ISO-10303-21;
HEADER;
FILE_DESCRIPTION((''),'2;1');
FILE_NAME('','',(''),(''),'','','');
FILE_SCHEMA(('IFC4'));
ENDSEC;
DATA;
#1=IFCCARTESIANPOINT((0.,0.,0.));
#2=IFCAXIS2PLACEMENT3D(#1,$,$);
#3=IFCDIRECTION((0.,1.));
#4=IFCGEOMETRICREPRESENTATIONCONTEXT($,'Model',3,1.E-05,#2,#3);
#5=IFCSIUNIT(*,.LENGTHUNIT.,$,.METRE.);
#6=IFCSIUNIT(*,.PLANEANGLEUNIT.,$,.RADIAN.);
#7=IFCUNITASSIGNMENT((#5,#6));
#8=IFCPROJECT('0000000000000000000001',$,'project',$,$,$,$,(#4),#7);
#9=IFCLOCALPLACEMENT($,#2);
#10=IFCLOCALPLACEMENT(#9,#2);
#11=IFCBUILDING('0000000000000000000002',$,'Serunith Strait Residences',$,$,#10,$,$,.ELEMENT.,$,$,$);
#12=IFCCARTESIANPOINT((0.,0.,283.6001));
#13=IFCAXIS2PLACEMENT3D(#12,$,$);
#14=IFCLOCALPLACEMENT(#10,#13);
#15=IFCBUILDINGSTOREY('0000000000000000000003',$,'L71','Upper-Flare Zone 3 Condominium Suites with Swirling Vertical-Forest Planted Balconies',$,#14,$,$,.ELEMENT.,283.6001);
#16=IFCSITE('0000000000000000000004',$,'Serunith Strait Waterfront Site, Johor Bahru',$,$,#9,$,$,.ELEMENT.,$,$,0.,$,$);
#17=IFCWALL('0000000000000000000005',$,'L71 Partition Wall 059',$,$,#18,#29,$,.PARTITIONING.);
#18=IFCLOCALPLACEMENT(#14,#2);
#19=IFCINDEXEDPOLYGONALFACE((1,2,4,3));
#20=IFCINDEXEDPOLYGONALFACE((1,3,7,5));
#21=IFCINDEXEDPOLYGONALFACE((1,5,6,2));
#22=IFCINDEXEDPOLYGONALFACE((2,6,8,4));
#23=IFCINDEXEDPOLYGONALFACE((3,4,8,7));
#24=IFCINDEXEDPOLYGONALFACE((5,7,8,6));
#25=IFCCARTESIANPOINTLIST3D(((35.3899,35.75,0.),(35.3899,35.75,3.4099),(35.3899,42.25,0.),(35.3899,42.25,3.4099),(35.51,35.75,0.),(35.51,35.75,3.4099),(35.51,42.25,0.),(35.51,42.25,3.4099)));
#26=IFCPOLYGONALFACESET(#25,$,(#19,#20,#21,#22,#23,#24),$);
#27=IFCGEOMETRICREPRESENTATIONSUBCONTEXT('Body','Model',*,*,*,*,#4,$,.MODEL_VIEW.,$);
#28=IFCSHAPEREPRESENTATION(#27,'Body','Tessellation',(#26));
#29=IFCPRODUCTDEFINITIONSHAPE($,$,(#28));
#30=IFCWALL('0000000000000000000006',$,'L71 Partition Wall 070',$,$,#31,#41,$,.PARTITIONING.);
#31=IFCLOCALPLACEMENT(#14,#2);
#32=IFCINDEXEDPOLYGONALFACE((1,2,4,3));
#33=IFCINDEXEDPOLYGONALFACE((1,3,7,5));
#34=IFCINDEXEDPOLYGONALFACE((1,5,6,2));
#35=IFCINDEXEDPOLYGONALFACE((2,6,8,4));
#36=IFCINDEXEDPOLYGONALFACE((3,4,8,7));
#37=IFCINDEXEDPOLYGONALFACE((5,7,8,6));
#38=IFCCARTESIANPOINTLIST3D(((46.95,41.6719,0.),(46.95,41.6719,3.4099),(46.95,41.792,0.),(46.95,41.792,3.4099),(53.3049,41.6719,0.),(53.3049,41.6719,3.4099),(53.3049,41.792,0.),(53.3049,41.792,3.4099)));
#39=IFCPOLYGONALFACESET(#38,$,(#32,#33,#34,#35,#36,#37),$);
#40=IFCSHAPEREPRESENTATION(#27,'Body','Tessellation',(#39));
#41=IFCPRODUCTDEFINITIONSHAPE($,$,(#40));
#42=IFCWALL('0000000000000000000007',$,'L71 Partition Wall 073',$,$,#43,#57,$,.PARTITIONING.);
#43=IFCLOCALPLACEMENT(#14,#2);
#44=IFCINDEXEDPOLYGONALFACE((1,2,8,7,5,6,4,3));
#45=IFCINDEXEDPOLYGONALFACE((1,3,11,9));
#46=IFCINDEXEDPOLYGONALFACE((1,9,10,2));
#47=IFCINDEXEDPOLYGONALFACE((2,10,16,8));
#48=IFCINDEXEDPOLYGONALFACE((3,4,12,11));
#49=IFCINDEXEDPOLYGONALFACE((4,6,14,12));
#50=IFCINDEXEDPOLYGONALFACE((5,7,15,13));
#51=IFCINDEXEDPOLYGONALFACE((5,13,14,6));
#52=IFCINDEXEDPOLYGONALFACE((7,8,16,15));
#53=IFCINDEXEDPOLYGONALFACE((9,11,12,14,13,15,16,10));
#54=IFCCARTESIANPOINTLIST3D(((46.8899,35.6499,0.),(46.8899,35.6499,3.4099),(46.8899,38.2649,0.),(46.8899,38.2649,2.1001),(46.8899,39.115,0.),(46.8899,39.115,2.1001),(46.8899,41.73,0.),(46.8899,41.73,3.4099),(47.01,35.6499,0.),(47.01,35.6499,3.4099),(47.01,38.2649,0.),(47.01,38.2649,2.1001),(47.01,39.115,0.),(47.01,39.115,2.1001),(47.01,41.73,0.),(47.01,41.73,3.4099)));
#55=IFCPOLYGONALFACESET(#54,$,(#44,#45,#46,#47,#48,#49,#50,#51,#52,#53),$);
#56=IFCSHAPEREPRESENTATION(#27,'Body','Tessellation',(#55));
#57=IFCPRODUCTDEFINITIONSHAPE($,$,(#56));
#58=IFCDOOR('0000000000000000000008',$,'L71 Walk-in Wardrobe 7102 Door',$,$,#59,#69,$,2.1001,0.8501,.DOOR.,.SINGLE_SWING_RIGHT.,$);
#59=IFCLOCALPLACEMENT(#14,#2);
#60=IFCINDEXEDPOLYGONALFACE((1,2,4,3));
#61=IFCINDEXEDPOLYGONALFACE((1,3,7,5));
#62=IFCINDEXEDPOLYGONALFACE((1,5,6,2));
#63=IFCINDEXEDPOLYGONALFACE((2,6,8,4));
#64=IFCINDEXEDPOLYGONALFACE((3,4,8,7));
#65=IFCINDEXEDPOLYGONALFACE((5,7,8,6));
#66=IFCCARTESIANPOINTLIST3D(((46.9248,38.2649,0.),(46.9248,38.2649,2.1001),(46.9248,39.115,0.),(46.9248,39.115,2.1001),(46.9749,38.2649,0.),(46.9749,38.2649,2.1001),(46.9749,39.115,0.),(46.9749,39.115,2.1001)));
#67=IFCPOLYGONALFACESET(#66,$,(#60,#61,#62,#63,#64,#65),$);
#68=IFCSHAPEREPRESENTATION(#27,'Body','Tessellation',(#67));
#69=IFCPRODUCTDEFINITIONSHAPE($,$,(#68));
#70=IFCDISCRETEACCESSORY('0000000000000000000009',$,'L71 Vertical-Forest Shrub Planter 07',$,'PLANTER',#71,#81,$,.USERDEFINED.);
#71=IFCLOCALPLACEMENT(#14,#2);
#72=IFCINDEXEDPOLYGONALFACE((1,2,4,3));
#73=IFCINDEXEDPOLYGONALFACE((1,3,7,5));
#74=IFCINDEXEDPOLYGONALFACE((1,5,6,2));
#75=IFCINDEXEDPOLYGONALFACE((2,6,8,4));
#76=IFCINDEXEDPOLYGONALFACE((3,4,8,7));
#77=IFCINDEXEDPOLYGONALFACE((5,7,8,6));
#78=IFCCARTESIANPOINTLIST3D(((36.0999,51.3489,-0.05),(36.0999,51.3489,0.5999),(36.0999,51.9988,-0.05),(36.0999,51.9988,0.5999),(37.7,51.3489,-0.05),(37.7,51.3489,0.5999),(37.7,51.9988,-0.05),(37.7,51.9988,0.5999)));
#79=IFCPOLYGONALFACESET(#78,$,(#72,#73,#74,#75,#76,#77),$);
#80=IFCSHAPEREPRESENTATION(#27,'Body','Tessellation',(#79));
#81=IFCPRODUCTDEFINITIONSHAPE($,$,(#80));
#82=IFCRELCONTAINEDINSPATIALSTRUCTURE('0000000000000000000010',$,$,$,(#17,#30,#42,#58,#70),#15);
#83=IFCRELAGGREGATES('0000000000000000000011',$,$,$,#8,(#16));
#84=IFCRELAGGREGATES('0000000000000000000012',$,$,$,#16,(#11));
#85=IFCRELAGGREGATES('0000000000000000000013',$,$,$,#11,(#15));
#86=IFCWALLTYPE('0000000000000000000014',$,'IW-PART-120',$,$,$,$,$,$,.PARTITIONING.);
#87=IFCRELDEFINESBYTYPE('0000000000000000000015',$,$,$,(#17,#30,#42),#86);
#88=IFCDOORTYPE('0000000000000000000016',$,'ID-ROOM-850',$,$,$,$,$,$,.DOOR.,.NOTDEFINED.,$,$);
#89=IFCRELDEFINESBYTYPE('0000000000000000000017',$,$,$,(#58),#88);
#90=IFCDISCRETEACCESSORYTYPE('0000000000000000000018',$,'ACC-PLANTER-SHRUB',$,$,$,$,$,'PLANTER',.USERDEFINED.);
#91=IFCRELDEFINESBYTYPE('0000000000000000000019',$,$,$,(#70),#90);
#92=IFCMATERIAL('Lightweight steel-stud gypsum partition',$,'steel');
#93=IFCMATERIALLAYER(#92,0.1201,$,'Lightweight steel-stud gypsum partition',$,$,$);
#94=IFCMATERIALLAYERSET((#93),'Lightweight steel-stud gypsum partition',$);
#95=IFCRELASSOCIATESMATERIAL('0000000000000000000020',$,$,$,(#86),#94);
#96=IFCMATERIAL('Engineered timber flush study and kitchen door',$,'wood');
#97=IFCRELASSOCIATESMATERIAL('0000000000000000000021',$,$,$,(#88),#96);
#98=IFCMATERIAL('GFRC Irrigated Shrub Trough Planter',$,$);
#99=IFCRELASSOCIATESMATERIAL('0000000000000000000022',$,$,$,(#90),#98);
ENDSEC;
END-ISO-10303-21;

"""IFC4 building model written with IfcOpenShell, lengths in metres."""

from ifc_helpers import new_model, si_unit, direction, frame, frame_2d, origin, origin_2d, place, context, subcontext, project, spatial, rectangle, extrude, source, transform, mapped, material, layer, layer_set, type_object, element, fill, save


model = new_model("IFC4")

# Units and contexts
model_context = context("Model", 3, precision=1e-05, world=origin(), true_north=direction((0.0, 1.0)))
body_context = subcontext(model_context, "Body", "Model", "MODEL_VIEW")
ifc_project = project(units=[si_unit("LENGTHUNIT", "METRE"), si_unit("PLANEANGLEUNIT", "RADIAN")], contexts=[model_context])

# Site, building, storey
site_placement = place(None, origin())
site = spatial("IfcSite", under=ifc_project, at=site_placement, Name="Serunith Strait Waterfront Site, Johor Bahru", CompositionType="ELEMENT", RefElevation=0.0)
building_placement = place(site_placement, origin())
building = spatial("IfcBuilding", under=site, at=building_placement, Name="Serunith Strait Residences", CompositionType="ELEMENT")
storey_placement = place(building_placement, frame((0.0, 0.0, 283.6001)))
storey = spatial("IfcBuildingStorey", under=building, at=storey_placement, Name="L71", Description="Upper-Flare Zone 3 Condominium Suites with Swirling Vertical-Forest Planted Balconies", CompositionType="ELEMENT", Elevation=283.6001)

# Shared definitions
ifc_material_1 = material(Name="Lightweight steel-stud gypsum partition", Category="steel")
ifc_layer_1 = layer(ifc_material_1, 0.1201, Name="Lightweight steel-stud gypsum partition")
ifc_layer_set_1 = layer_set([ifc_layer_1], Name="Lightweight steel-stud gypsum partition")
wall_type = type_object("IfcWallType", Name="IW-PART-120", PredefinedType="PARTITIONING", material=ifc_layer_set_1)

# Walls
wall_1_placement = place(storey_placement, frame((35.45, 42.25, 0.0), z_axis=(0.0, 0.0, 1.0), x_axis=(0.0, -1.0, 0.0)))
element("IfcWall", 1, at=wall_1_placement, inside=storey, type_object=wall_type, Name="L71 Partition Wall 059", PredefinedType="PARTITIONING", context=body_context, shape_type="SweptSolid", body=[
    extrude(rectangle(XDim=6.5, YDim=0.1201, at=frame_2d((3.25, 0.0))), origin(), (0.0, 0.0, 1.0), 3.4099),
])
wall_2_placement = place(storey_placement, frame((46.95, 41.7319, 0.0), z_axis=(0.0, 0.0, 1.0), x_axis=(1.0, 0.0, 0.0)))
element("IfcWall", 2, at=wall_2_placement, inside=storey, type_object=wall_type, Name="L71 Partition Wall 070", PredefinedType="PARTITIONING", context=body_context, shape_type="SweptSolid", body=[
    extrude(rectangle(XDim=6.355, YDim=0.1201, at=frame_2d((3.1775, 0.0))), origin(), (0.0, 0.0, 1.0), 3.4099),
])

# Wall, opening, door
wall_3_placement = place(storey_placement, frame((46.95, 41.73, 0.0), z_axis=(0.0, 0.0, 1.0), x_axis=(0.0, -1.0, 0.0)))
wall_3 = element("IfcWall", 3, at=wall_3_placement, inside=storey, type_object=wall_type, Name="L71 Partition Wall 073", PredefinedType="PARTITIONING", context=body_context, shape_type="SweptSolid", body=[
    extrude(rectangle(XDim=6.0801, YDim=0.1201, at=frame_2d((3.04, 0.0))), origin(), (0.0, 0.0, 1.0), 3.4099),
])
opening_1_placement = place(wall_3_placement, frame((2.615, 0.0, 0.0)))
opening_1 = element("IfcOpeningElement", 4, at=opening_1_placement, cuts=wall_3, PredefinedType="OPENING", context=body_context, shape_type="SweptSolid", body=[
    extrude(rectangle(XDim=0.8501, YDim=2.1001, at=frame_2d((0.425, 1.05))), frame((0.0, 0.0701, 0.0), z_axis=(0.0, -1.0, 0.0), x_axis=(1.0, 0.0, 0.0)), (0.0, 0.0, 1.0), 0.1401),
])
ifc_material_2 = material(Name="Engineered timber flush study and kitchen door", Category="wood")
door_type_1 = type_object("IfcDoorType", Name="ID-ROOM-850", OperationType="NOTDEFINED", PredefinedType="DOOR", material=ifc_material_2)
shared_shape_1 = source(origin(), body_context, "Body", "SweptSolid", [
    extrude(rectangle(XDim=0.8501, YDim=2.1001, at=frame_2d((0.425, 1.05))), frame((0.0, 0.0249, 0.0), z_axis=(0.0, -1.0, 0.0), x_axis=(1.0, 0.0, 0.0)), (0.0, 0.0, 1.0), 0.05),
])
door_1_placement = place(opening_1_placement, origin())
door_1 = element("IfcDoor", 5, at=door_1_placement, inside=storey, type_object=door_type_1, Name="L71 Walk-in Wardrobe 7102 Door", OperationType="SINGLE_SWING_RIGHT", OverallHeight=2.1001, OverallWidth=0.8501, PredefinedType="DOOR", context=body_context, shape_type="MappedRepresentation", body=[
    mapped(shared_shape_1, transform((0.0, 0.0, 0.0), scale=1.0)),
])
fill(opening_1, door_1)

# Discrete accessory
ifc_material_3 = material(Name="GFRC Irrigated Shrub Trough Planter")
discrete_accessory_type = type_object("IfcDiscreteAccessoryType", Name="ACC-PLANTER-SHRUB", ElementType="PLANTER", PredefinedType="USERDEFINED", material=ifc_material_3)
shared_shape_2 = source(origin(), body_context, "Body", "SweptSolid", [
    extrude(rectangle(XDim=1.6001, YDim=0.6499, at=origin_2d()), origin(), (0.0, 0.0, 1.0), 0.6499),
])
discrete_accessory_placement = place(storey_placement, frame((36.8999, 51.6738, -0.05), z_axis=(0.0, 0.0, 1.0), x_axis=(-1.0, 0.0, 0.0)))
element("IfcDiscreteAccessory", 6, at=discrete_accessory_placement, inside=storey, type_object=discrete_accessory_type, Name="L71 Vertical-Forest Shrub Planter 07", ObjectType="PLANTER", PredefinedType="USERDEFINED", context=body_context, shape_type="MappedRepresentation", body=[
    mapped(shared_shape_2, transform((0.0, 0.0, 0.0), scale=1.0)),
])

save(model, "model.ifc")
